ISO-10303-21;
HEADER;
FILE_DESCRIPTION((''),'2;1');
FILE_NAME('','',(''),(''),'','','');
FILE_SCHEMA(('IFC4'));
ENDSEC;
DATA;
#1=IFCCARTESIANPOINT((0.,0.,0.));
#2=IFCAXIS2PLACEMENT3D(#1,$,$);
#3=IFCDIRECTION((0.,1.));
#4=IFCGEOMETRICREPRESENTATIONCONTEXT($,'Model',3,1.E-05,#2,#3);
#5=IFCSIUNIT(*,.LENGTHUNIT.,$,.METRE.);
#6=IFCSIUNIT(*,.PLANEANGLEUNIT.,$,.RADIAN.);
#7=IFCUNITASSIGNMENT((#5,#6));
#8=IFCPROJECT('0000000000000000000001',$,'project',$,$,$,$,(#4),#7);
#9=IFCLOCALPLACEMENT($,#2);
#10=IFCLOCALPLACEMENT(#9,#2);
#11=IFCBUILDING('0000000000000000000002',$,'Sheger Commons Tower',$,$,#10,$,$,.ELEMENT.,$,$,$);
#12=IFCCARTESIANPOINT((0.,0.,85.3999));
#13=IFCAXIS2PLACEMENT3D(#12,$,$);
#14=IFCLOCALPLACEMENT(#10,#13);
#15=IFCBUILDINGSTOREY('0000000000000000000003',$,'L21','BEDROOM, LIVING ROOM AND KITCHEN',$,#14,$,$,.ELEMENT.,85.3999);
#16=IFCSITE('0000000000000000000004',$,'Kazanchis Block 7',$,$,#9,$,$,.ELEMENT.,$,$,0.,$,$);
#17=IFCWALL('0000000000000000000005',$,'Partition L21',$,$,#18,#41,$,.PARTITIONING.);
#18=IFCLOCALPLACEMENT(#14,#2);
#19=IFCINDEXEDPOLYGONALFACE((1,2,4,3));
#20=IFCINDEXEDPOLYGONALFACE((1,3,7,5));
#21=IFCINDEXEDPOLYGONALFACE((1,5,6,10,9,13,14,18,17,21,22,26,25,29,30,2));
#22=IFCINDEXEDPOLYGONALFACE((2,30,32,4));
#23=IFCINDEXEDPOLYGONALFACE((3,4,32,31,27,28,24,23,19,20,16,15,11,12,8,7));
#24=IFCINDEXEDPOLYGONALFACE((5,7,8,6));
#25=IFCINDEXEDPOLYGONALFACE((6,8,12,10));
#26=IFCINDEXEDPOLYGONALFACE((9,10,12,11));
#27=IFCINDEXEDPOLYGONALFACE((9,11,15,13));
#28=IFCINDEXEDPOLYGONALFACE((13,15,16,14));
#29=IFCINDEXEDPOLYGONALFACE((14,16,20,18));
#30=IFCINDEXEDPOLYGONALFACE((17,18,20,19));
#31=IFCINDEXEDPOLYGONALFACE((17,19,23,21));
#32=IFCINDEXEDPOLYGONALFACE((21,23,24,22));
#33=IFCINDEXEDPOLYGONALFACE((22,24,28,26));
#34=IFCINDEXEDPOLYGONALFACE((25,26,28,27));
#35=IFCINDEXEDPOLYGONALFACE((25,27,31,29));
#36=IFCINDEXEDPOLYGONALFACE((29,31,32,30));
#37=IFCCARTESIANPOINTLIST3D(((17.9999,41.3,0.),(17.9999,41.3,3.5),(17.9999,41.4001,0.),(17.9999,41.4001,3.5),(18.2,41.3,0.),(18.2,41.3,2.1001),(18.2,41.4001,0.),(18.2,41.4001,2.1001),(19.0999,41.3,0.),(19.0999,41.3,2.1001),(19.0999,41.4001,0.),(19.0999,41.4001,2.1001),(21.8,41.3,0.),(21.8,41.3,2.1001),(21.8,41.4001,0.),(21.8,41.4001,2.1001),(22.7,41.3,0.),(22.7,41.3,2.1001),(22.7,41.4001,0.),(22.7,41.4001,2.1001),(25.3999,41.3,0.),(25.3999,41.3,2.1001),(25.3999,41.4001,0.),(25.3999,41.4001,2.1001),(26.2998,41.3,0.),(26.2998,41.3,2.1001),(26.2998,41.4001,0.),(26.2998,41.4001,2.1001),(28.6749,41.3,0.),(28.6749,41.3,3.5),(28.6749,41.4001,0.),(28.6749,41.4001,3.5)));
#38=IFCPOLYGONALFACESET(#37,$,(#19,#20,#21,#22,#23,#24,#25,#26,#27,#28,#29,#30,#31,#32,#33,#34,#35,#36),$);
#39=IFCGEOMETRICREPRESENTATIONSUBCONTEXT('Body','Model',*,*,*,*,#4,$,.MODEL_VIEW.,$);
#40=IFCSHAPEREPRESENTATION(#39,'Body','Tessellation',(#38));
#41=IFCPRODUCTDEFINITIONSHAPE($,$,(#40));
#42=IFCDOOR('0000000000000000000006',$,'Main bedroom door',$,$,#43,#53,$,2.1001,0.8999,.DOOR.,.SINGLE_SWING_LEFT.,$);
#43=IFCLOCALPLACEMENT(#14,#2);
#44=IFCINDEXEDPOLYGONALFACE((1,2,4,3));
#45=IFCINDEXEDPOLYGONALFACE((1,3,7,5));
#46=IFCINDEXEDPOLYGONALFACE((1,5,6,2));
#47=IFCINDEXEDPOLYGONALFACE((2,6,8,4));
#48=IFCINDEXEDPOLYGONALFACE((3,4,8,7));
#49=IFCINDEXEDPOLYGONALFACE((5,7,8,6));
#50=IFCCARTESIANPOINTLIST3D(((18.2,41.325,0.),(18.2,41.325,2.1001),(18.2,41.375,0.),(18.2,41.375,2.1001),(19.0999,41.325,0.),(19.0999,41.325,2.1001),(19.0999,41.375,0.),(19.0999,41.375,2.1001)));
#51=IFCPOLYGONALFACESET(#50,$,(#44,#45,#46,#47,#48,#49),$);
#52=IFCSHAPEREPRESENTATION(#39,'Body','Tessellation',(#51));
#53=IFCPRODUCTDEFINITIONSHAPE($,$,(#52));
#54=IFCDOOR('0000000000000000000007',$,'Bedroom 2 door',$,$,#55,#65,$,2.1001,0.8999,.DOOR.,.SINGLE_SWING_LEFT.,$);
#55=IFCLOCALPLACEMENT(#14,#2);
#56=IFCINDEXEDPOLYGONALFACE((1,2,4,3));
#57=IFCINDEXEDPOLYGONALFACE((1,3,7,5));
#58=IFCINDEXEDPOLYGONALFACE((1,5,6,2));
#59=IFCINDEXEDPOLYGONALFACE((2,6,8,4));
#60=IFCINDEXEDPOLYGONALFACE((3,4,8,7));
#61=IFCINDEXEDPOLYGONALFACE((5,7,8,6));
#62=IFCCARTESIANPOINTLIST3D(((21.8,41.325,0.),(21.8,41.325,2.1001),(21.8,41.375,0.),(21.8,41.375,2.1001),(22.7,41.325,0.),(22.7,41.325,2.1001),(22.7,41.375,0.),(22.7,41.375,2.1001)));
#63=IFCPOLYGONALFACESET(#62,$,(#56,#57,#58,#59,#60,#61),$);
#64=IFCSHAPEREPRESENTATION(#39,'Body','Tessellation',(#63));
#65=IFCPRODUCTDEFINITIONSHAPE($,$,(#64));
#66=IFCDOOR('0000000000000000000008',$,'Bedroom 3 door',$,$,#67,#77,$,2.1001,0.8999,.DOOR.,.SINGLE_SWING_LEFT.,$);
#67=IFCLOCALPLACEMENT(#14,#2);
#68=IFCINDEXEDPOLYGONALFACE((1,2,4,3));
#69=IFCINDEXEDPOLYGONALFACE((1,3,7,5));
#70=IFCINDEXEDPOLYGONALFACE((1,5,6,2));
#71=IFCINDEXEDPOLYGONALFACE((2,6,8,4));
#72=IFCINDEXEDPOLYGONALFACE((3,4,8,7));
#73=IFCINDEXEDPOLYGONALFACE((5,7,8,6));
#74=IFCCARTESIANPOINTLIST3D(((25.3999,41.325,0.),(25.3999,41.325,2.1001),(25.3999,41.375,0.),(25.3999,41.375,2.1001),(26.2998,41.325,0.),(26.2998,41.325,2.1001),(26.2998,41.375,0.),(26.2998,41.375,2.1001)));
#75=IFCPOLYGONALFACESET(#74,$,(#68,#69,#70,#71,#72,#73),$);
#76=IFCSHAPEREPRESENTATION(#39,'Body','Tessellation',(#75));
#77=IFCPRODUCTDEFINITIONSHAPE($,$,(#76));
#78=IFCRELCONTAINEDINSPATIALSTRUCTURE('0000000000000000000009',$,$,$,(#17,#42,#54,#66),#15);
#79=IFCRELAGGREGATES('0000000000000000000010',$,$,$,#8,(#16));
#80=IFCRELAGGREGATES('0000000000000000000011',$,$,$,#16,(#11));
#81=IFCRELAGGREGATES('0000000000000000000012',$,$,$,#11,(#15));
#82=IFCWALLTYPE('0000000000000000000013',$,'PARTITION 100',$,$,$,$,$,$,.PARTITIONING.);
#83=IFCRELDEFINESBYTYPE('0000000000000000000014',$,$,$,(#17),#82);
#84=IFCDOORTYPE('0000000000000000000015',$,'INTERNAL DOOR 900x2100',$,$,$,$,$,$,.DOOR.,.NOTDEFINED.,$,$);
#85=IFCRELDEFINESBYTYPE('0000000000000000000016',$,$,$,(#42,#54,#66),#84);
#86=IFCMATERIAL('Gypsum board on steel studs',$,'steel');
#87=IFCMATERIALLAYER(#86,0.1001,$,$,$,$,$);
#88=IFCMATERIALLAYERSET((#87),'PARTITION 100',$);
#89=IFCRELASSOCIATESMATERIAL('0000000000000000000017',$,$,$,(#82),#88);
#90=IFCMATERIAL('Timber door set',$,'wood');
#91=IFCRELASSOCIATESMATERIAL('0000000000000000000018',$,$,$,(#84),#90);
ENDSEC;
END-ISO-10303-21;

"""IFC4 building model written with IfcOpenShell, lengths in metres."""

from ifc_helpers import new_model, si_unit, direction, frame, frame_2d, origin, place, context, subcontext, project, spatial, rectangle, extrude, material, layer, layer_set, type_object, element, fill, save


model = new_model("IFC4")

# Units and contexts
model_context = context("Model", 3, precision=1e-05, world=origin(), true_north=direction((0.0, 1.0)))
body_context = subcontext(model_context, "Body", "Model", "MODEL_VIEW")
ifc_project = project(units=[si_unit("LENGTHUNIT", "METRE"), si_unit("PLANEANGLEUNIT", "RADIAN")], contexts=[model_context])

# Site, building, storey
site_placement = place(None, origin())
site = spatial("IfcSite", under=ifc_project, at=site_placement, Name="Kazanchis Block 7", CompositionType="ELEMENT", RefElevation=0.0)
building_placement = place(site_placement, origin())
building = spatial("IfcBuilding", under=site, at=building_placement, Name="Sheger Commons Tower", CompositionType="ELEMENT")
storey_placement = place(building_placement, frame((0.0, 0.0, 85.3999)))
storey = spatial("IfcBuildingStorey", under=building, at=storey_placement, Name="L21", Description="BEDROOM, LIVING ROOM AND KITCHEN", CompositionType="ELEMENT", Elevation=85.3999)

# Wall, openings, doors
ifc_material_1 = material(Name="Gypsum board on steel studs", Category="steel")
ifc_layer_1 = layer(ifc_material_1, 0.1001)
ifc_layer_set_1 = layer_set([ifc_layer_1], Name="PARTITION 100")
wall_type_1 = type_object("IfcWallType", Name="PARTITION 100", PredefinedType="PARTITIONING", material=ifc_layer_set_1)
wall_1_placement = place(storey_placement, frame((18.0, 41.3501, 0.0), z_axis=(0.0, 0.0, 1.0), x_axis=(1.0, 0.0, 0.0)))
wall_1 = element("IfcWall", 1, at=wall_1_placement, inside=storey, type_object=wall_type_1, Name="Partition L21", PredefinedType="PARTITIONING", context=body_context, shape_type="SweptSolid", body=[
    extrude(rectangle(XDim=10.675, YDim=0.1001, at=frame_2d((5.3374, 0.0))), origin(), (0.0, 0.0, 1.0), 3.5),
])
opening_1_placement = place(wall_1_placement, frame((0.2, 0.0, 0.0)))
opening_1 = element("IfcOpeningElement", 2, at=opening_1_placement, cuts=wall_1, PredefinedType="OPENING", context=body_context, shape_type="SweptSolid", body=[
    extrude(rectangle(XDim=0.8999, YDim=2.1001, at=frame_2d((0.45, 1.05))), frame((0.0, 0.0601, 0.0), z_axis=(0.0, -1.0, 0.0), x_axis=(1.0, 0.0, 0.0)), (0.0, 0.0, 1.0), 0.1201),
])
opening_2_placement = place(wall_1_placement, frame((3.8, 0.0, 0.0)))
opening_2 = element("IfcOpeningElement", 3, at=opening_2_placement, cuts=wall_1, PredefinedType="OPENING", context=body_context, shape_type="SweptSolid", body=[
    extrude(rectangle(XDim=0.8999, YDim=2.1001, at=frame_2d((0.45, 1.05))), frame((0.0, 0.0601, 0.0), z_axis=(0.0, -1.0, 0.0), x_axis=(1.0, 0.0, 0.0)), (0.0, 0.0, 1.0), 0.1201),
])
opening_3_placement = place(wall_1_placement, frame((7.3999, 0.0, 0.0)))
opening_3 = element("IfcOpeningElement", 4, at=opening_3_placement, cuts=wall_1, PredefinedType="OPENING", context=body_context, shape_type="SweptSolid", body=[
    extrude(rectangle(XDim=0.8999, YDim=2.1001, at=frame_2d((0.45, 1.05))), frame((0.0, 0.0601, 0.0), z_axis=(0.0, -1.0, 0.0), x_axis=(1.0, 0.0, 0.0)), (0.0, 0.0, 1.0), 0.1201),
])
ifc_material_2 = material(Name="Timber door set", Category="wood")
door_type_1 = type_object("IfcDoorType", Name="INTERNAL DOOR 900x2100", OperationType="NOTDEFINED", PredefinedType="DOOR", material=ifc_material_2)
door_1_placement = place(opening_1_placement, origin())
door_1 = element("IfcDoor", 5, at=door_1_placement, inside=storey, type_object=door_type_1, Name="Main bedroom door", OperationType="SINGLE_SWING_LEFT", OverallHeight=2.1001, OverallWidth=0.8999, PredefinedType="DOOR", context=body_context, shape_type="SweptSolid", body=[
    extrude(rectangle(XDim=0.8999, YDim=2.1001, at=frame_2d((0.45, 1.05))), frame((0.0, 0.0249, 0.0), z_axis=(0.0, -1.0, 0.0), x_axis=(1.0, 0.0, 0.0)), (0.0, 0.0, 1.0), 0.05),
])
fill(opening_1, door_1)
door_2_placement = place(opening_2_placement, origin())
door_2 = element("IfcDoor", 6, at=door_2_placement, inside=storey, type_object=door_type_1, Name="Bedroom 2 door", OperationType="SINGLE_SWING_LEFT", OverallHeight=2.1001, OverallWidth=0.8999, PredefinedType="DOOR", context=body_context, shape_type="SweptSolid", body=[
    extrude(rectangle(XDim=0.8999, YDim=2.1001, at=frame_2d((0.45, 1.05))), frame((0.0, 0.0249, 0.0), z_axis=(0.0, -1.0, 0.0), x_axis=(1.0, 0.0, 0.0)), (0.0, 0.0, 1.0), 0.05),
])
fill(opening_2, door_2)
door_3_placement = place(opening_3_placement, origin())
door_3 = element("IfcDoor", 7, at=door_3_placement, inside=storey, type_object=door_type_1, Name="Bedroom 3 door", OperationType="SINGLE_SWING_LEFT", OverallHeight=2.1001, OverallWidth=0.8999, PredefinedType="DOOR", context=body_context, shape_type="SweptSolid", body=[
    extrude(rectangle(XDim=0.8999, YDim=2.1001, at=frame_2d((0.45, 1.05))), frame((0.0, 0.0249, 0.0), z_axis=(0.0, -1.0, 0.0), x_axis=(1.0, 0.0, 0.0)), (0.0, 0.0, 1.0), 0.05),
])
fill(opening_3, door_3)

save(model, "model.ifc")
